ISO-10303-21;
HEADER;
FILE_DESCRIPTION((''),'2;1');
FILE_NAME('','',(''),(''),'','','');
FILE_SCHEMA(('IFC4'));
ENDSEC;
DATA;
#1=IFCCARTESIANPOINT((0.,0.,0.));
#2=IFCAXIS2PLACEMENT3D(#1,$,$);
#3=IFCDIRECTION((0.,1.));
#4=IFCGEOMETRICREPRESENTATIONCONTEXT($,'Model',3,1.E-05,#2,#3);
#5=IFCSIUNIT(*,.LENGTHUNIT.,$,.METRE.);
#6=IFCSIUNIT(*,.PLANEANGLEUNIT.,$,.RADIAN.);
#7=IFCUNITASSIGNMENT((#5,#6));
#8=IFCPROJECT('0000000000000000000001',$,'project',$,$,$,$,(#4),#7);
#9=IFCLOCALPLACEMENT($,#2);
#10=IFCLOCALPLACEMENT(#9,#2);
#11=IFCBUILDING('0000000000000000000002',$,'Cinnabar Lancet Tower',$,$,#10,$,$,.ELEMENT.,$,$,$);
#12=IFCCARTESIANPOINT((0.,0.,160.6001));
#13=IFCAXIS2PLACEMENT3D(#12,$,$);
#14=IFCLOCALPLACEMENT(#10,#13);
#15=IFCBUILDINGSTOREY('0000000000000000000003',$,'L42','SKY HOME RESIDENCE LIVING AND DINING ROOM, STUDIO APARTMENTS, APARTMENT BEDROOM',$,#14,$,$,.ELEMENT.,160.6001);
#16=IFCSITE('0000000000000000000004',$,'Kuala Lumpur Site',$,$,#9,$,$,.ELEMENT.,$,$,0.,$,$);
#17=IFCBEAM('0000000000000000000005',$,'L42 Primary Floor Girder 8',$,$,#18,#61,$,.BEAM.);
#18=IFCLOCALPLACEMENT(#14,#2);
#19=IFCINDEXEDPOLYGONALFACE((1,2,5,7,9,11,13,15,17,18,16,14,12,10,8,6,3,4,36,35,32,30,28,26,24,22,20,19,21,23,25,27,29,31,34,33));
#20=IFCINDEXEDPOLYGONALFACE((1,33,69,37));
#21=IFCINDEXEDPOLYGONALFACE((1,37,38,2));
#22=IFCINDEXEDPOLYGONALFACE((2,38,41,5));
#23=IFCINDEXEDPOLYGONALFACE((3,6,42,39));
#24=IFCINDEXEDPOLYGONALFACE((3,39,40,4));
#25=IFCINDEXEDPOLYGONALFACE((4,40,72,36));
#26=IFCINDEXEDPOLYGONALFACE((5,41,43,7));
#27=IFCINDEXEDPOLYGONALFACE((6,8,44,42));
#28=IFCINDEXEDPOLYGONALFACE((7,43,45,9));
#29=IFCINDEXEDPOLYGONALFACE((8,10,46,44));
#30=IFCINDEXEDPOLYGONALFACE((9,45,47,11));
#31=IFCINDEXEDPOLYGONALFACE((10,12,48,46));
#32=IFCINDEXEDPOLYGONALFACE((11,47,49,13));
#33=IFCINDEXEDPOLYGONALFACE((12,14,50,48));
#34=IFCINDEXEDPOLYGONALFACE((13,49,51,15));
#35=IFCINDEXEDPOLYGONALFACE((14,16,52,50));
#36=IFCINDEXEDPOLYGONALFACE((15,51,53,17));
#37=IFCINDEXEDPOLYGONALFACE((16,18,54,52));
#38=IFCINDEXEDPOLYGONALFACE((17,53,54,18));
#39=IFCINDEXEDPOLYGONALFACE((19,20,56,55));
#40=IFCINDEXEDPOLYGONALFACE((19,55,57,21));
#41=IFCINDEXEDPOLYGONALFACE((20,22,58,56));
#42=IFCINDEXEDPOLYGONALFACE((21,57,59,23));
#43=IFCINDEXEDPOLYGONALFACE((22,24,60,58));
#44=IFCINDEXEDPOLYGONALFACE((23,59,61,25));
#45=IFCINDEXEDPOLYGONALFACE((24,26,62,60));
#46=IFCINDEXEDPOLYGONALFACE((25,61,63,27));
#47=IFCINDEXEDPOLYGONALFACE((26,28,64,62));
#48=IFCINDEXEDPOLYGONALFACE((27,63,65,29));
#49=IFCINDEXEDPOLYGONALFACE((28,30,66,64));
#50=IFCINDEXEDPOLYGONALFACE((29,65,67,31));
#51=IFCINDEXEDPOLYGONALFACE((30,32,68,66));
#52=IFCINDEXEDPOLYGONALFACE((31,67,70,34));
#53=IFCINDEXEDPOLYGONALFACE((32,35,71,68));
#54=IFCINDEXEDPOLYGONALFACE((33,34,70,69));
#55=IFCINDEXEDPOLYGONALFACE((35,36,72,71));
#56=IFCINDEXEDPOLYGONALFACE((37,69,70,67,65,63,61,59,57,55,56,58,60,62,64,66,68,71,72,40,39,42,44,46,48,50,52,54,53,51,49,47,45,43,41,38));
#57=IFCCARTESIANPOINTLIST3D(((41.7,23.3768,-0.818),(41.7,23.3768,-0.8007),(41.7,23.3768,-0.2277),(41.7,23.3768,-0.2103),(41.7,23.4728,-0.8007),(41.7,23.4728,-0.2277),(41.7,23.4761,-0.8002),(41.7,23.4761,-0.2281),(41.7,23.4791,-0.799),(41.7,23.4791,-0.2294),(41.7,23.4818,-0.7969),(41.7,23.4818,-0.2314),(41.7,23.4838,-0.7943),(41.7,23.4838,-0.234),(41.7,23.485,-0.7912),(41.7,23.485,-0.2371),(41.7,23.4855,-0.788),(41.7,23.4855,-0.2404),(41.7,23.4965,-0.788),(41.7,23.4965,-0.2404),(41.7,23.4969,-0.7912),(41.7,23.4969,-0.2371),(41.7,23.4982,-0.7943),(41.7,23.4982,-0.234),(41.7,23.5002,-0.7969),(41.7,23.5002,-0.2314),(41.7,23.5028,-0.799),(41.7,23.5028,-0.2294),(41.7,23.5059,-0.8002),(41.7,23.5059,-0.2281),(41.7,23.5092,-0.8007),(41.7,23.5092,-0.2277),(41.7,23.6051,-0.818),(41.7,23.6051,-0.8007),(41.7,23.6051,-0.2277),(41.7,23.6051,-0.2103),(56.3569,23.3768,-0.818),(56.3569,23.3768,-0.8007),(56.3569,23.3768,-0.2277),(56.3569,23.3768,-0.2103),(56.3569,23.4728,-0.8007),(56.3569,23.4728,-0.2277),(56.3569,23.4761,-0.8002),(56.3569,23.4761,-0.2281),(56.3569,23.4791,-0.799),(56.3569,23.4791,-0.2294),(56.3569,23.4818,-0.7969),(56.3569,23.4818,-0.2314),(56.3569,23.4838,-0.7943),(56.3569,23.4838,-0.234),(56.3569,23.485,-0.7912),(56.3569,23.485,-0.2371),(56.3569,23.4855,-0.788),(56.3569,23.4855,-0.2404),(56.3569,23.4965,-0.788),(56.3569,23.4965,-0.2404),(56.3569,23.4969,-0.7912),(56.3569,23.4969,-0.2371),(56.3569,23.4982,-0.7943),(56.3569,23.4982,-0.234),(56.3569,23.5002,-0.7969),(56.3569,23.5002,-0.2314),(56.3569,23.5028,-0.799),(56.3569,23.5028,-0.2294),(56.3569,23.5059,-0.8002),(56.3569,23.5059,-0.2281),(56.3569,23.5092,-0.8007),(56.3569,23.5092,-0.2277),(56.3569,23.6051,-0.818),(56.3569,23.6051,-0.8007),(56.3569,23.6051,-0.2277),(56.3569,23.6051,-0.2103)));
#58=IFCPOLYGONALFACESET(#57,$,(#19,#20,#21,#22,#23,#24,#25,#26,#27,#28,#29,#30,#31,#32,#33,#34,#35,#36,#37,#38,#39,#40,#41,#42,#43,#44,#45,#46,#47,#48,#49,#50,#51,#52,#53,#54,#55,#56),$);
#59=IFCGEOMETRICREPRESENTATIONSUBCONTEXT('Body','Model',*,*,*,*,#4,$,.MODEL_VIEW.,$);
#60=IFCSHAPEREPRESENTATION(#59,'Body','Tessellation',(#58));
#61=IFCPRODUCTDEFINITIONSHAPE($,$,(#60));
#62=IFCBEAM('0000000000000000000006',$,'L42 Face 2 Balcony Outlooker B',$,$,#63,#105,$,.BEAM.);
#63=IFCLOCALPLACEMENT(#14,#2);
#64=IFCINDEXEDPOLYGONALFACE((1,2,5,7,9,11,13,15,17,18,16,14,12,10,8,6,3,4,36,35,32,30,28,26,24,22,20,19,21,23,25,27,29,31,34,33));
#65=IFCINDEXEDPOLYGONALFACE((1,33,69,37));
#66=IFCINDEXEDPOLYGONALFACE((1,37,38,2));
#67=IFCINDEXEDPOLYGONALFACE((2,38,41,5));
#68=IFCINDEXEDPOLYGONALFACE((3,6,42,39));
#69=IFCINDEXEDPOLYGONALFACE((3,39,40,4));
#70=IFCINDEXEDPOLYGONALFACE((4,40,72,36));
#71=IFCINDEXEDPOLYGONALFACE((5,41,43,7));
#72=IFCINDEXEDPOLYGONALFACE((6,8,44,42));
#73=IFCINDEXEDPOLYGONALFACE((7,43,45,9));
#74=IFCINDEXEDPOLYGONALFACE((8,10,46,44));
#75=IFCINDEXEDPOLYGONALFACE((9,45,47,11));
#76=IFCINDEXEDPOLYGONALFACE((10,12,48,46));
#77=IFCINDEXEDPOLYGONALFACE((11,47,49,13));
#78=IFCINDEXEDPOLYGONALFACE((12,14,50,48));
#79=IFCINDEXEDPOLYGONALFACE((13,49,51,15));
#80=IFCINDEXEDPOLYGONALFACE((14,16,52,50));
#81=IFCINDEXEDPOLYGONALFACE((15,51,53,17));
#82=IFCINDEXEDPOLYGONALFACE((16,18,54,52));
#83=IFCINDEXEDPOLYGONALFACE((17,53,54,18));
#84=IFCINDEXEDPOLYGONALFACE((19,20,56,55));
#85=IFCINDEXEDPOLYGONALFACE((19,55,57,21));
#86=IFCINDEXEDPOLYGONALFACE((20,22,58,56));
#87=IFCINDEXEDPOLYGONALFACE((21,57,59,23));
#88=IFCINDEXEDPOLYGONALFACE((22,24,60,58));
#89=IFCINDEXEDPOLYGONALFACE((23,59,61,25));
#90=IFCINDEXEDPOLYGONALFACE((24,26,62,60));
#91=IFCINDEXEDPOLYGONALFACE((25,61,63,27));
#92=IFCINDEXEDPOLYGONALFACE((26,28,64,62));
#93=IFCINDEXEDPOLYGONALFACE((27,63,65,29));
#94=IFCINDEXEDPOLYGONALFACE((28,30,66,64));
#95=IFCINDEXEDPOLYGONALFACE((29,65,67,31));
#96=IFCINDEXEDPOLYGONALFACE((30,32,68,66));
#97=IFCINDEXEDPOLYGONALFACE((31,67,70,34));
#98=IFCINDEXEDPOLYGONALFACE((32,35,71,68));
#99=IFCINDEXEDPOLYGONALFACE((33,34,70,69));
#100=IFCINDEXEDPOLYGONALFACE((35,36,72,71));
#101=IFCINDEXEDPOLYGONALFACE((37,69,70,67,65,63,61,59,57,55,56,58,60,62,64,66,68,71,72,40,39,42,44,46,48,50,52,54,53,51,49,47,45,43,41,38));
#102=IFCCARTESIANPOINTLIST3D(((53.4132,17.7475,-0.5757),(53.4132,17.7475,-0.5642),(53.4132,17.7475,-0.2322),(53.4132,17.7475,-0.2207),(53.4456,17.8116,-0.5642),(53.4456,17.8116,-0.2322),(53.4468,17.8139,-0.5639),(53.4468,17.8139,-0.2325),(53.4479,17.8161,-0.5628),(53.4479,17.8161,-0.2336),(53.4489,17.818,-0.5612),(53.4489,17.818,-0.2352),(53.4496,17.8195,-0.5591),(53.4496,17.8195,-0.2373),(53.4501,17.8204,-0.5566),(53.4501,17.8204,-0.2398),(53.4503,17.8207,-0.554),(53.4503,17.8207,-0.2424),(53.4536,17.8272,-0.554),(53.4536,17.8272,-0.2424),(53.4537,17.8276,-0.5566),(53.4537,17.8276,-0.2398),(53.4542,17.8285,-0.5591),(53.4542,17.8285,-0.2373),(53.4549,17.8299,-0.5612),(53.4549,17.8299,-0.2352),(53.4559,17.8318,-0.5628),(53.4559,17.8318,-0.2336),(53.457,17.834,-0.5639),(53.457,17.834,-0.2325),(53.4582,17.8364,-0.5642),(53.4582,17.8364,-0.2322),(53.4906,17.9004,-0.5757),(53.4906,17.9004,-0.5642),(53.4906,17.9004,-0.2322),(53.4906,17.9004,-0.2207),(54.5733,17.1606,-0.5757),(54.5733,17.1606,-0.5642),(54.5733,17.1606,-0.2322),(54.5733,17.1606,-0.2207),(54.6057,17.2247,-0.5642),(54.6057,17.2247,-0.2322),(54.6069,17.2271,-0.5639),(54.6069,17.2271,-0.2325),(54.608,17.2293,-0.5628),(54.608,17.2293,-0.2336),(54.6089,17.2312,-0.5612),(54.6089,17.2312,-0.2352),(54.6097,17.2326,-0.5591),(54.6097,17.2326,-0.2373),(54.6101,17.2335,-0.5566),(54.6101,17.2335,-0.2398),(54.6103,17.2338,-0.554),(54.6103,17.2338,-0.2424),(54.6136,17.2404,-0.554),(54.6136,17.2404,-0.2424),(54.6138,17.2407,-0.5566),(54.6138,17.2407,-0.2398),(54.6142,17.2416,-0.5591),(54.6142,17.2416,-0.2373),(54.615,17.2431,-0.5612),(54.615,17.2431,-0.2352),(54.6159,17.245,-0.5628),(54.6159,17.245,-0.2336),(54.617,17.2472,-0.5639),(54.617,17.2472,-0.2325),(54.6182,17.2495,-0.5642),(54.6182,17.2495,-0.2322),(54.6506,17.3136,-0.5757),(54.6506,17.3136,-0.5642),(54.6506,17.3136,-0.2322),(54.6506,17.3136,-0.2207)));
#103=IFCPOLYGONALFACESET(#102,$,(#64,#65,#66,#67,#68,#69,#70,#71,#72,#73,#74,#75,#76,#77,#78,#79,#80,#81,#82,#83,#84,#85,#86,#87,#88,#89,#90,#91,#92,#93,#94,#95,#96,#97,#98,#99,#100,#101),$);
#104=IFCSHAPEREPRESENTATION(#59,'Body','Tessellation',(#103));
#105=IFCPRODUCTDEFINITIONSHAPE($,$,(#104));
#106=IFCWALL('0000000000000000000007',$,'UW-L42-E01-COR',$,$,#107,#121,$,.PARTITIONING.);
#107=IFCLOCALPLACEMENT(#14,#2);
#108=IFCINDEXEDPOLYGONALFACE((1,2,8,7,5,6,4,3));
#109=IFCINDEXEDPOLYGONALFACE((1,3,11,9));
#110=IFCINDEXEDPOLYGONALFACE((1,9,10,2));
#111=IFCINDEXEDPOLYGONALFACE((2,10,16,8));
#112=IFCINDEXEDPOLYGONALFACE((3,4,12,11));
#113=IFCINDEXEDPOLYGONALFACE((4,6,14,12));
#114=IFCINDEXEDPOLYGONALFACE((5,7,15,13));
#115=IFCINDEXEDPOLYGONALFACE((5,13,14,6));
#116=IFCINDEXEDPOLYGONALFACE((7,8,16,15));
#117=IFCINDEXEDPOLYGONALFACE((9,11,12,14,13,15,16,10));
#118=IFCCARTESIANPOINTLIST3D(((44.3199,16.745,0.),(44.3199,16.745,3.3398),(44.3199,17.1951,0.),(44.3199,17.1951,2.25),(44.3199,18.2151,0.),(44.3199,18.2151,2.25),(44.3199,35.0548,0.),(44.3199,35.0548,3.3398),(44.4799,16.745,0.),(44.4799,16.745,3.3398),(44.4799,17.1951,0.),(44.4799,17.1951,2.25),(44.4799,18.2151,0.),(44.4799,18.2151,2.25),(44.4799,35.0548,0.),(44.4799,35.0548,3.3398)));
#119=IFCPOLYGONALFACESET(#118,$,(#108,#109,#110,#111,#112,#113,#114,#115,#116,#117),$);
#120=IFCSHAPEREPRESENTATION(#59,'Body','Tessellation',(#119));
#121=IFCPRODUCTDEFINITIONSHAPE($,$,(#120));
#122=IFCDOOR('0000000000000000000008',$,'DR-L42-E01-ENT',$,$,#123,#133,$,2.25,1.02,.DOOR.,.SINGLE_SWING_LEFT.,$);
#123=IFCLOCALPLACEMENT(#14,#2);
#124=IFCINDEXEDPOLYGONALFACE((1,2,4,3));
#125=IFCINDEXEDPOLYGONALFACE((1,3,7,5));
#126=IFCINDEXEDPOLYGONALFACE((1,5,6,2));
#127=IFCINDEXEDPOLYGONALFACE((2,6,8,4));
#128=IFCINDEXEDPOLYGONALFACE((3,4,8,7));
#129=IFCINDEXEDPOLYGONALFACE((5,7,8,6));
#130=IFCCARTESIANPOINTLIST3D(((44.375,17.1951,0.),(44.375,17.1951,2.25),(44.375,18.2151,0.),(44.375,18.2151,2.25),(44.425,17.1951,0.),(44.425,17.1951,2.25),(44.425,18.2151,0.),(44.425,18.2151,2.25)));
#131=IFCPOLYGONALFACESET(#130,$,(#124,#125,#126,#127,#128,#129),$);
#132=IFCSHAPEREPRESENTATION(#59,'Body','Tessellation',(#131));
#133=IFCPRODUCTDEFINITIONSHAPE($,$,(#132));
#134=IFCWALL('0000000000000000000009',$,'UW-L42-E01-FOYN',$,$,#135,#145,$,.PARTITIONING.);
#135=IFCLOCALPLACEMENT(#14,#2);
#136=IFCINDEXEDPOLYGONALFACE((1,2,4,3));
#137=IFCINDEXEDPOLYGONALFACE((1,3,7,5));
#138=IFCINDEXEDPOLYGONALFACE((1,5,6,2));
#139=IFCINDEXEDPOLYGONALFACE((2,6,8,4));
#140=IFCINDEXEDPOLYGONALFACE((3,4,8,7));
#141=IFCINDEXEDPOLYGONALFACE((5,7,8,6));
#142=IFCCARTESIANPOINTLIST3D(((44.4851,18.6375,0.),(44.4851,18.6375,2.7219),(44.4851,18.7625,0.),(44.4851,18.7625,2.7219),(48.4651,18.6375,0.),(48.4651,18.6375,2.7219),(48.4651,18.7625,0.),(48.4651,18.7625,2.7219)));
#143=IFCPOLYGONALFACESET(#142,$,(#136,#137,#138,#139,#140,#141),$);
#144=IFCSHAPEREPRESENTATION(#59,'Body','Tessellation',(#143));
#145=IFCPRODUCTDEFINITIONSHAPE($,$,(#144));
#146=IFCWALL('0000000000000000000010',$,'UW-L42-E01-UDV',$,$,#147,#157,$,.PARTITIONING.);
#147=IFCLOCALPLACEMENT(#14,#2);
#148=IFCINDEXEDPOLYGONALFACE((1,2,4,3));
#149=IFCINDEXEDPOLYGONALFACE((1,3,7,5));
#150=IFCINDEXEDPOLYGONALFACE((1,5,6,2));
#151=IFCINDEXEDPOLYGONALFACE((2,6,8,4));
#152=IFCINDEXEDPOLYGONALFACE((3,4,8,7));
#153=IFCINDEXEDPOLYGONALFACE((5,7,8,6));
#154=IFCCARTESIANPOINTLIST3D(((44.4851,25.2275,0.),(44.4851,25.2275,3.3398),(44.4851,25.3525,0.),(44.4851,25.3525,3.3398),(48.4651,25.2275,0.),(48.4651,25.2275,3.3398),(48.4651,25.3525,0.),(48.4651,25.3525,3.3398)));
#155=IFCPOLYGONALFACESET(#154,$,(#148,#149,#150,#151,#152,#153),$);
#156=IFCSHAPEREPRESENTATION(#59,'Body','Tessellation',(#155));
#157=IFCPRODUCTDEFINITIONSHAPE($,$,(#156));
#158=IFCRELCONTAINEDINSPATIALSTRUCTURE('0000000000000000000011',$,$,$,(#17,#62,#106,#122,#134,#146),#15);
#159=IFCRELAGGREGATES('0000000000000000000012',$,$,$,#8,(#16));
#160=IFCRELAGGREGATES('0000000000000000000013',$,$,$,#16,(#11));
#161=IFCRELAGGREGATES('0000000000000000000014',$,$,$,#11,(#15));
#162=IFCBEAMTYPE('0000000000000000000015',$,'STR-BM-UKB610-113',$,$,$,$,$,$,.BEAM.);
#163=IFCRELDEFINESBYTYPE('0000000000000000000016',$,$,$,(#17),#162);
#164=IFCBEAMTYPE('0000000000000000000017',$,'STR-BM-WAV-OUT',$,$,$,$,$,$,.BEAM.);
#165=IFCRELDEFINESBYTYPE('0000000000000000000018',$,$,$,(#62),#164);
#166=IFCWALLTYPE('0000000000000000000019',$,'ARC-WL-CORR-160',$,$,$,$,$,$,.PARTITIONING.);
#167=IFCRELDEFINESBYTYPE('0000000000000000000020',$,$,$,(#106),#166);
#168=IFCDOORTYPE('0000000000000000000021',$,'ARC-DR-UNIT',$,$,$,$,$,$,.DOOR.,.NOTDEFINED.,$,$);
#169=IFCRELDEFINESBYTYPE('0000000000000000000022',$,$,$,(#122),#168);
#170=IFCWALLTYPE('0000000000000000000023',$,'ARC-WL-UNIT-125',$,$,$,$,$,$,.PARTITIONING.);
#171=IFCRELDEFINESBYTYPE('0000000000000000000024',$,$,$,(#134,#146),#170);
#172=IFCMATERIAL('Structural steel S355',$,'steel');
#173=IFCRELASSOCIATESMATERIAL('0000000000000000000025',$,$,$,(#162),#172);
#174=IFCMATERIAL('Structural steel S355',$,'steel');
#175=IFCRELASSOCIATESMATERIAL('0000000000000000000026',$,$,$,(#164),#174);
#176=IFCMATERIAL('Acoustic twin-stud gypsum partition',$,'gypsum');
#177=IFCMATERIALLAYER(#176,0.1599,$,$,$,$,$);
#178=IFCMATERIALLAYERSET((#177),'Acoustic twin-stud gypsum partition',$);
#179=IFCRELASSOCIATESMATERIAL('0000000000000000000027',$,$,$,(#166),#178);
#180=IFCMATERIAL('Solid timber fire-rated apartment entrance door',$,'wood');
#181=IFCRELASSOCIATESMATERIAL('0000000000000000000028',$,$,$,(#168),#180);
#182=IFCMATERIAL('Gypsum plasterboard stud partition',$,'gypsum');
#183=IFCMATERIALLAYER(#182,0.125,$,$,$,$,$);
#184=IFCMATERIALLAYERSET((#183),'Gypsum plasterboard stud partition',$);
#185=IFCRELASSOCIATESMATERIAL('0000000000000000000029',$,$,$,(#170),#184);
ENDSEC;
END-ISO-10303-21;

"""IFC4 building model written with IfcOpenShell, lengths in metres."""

from ifc_helpers import new_model, si_unit, direction, frame, frame_2d, origin, origin_2d, place, context, subcontext, project, spatial, rectangle, i_section, extrude, material, layer, layer_set, material_profile, profile_set, type_object, element, fill, save


model = new_model("IFC4")

# Units and contexts
model_context = context("Model", 3, precision=1e-05, world=origin(), true_north=direction((0.0, 1.0)))
body_context = subcontext(model_context, "Body", "Model", "MODEL_VIEW")
ifc_project = project(units=[si_unit("LENGTHUNIT", "METRE"), si_unit("PLANEANGLEUNIT", "RADIAN")], contexts=[model_context])

# Site, building, storey
site_placement = place(None, origin())
site = spatial("IfcSite", under=ifc_project, at=site_placement, Name="Kuala Lumpur Site", CompositionType="ELEMENT", RefElevation=0.0)
building_placement = place(site_placement, origin())
building = spatial("IfcBuilding", under=site, at=building_placement, Name="Cinnabar Lancet Tower", CompositionType="ELEMENT")
storey_placement = place(building_placement, frame((0.0, 0.0, 160.6001)))
storey = spatial("IfcBuildingStorey", under=building, at=storey_placement, Name="L42", Description="SKY HOME RESIDENCE LIVING AND DINING ROOM, STUDIO APARTMENTS, APARTMENT BEDROOM", CompositionType="ELEMENT", Elevation=160.6001)

# Beams
ifc_material_1 = material(Name="Structural steel S355", Category="steel")
ifc_material_profile_1 = material_profile(ifc_material_1, i_section(OverallWidth=0.2283, OverallDepth=0.6077, WebThickness=0.011, FlangeThickness=0.0173, FilletRadius=0.0127, at=origin_2d()), Name="UKB 610x229x113")
ifc_profile_set_1 = profile_set([ifc_material_profile_1], Name="Structural steel S355")
beam_type_1 = type_object("IfcBeamType", Name="STR-BM-UKB610-113", PredefinedType="BEAM", material=ifc_profile_set_1)
beam_1_placement = place(storey_placement, frame((56.3569, 23.491, -0.5142), z_axis=(-1.0, 0.0, 0.0), x_axis=(0.0, -1.0, 0.0)))
element("IfcBeam", 1, at=beam_1_placement, inside=storey, type_object=beam_type_1, Name="L42 Primary Floor Girder 8", PredefinedType="BEAM", context=body_context, shape_type="SweptSolid", body=[
    extrude(i_section(OverallWidth=0.2283, OverallDepth=0.6077, WebThickness=0.011, FlangeThickness=0.0173, FilletRadius=0.0127, at=origin_2d()), origin(), (0.0, 0.0, 1.0), 14.657),
])
ifc_material_2 = material(Name="Structural steel S355", Category="steel")
ifc_material_profile_2 = material_profile(ifc_material_2, i_section(OverallWidth=0.1714, OverallDepth=0.355, WebThickness=0.0073, FlangeThickness=0.0115, FilletRadius=0.0103, at=origin_2d()), Name="UKB 356x171x51")
ifc_profile_set_2 = profile_set([ifc_material_profile_2], Name="Structural steel S355")
beam_type_2 = type_object("IfcBeamType", Name="STR-BM-WAV-OUT", PredefinedType="BEAM", material=ifc_profile_set_2)
beam_2_placement = place(storey_placement, frame((53.4519, 17.824, -0.3982), z_axis=(0.892314, -0.451415, 0.0), x_axis=(0.451415, 0.892314, 0.0)))
element("IfcBeam", 2, at=beam_2_placement, inside=storey, type_object=beam_type_2, Name="L42 Face 2 Balcony Outlooker B", PredefinedType="BEAM", context=body_context, shape_type="SweptSolid", body=[
    extrude(i_section(OverallWidth=0.1714, OverallDepth=0.355, WebThickness=0.0073, FlangeThickness=0.0115, FilletRadius=0.0103, at=origin_2d()), origin(), (0.0, 0.0, 1.0), 1.3),
])

# Wall, opening, door
ifc_material_3 = material(Name="Acoustic twin-stud gypsum partition", Category="gypsum")
ifc_layer_1 = layer(ifc_material_3, 0.1599)
ifc_layer_set_1 = layer_set([ifc_layer_1], Name="Acoustic twin-stud gypsum partition")
wall_type_1 = type_object("IfcWallType", Name="ARC-WL-CORR-160", PredefinedType="PARTITIONING", material=ifc_layer_set_1)
wall_1_placement = place(storey_placement, frame((44.3999, 16.7451, 0.0), z_axis=(0.0, 0.0, 1.0), x_axis=(0.0, 1.0, 0.0)))
wall_1 = element("IfcWall", 3, at=wall_1_placement, inside=storey, type_object=wall_type_1, Name="UW-L42-E01-COR", PredefinedType="PARTITIONING", context=body_context, shape_type="SweptSolid", body=[
    extrude(rectangle(XDim=18.3098, YDim=0.1599, at=frame_2d((9.1548, 0.0))), origin(), (0.0, 0.0, 1.0), 3.3398),
])
opening_1_placement = place(wall_1_placement, frame((0.45, 0.0, 0.0)))
opening_1 = element("IfcOpeningElement", 4, at=opening_1_placement, cuts=wall_1, PredefinedType="OPENING", context=body_context, shape_type="SweptSolid", body=[
    extrude(rectangle(XDim=1.02, YDim=2.25, at=frame_2d((0.51, 1.125))), frame((0.0, 0.0898, 0.0), z_axis=(0.0, -1.0, 0.0), x_axis=(1.0, 0.0, 0.0)), (0.0, 0.0, 1.0), 0.1799),
])
ifc_material_4 = material(Name="Solid timber fire-rated apartment entrance door", Category="wood")
door_type_1 = type_object("IfcDoorType", Name="ARC-DR-UNIT", OperationType="NOTDEFINED", PredefinedType="DOOR", material=ifc_material_4)
door_1_placement = place(opening_1_placement, origin())
door_1 = element("IfcDoor", 5, at=door_1_placement, inside=storey, type_object=door_type_1, Name="DR-L42-E01-ENT", OperationType="SINGLE_SWING_LEFT", OverallHeight=2.25, OverallWidth=1.02, PredefinedType="DOOR", context=body_context, shape_type="SweptSolid", body=[
    extrude(rectangle(XDim=1.02, YDim=2.25, at=frame_2d((0.51, 1.125))), frame((0.0, 0.0249, 0.0), z_axis=(0.0, -1.0, 0.0), x_axis=(1.0, 0.0, 0.0)), (0.0, 0.0, 1.0), 0.05),
])
fill(opening_1, door_1)

# Walls
ifc_material_5 = material(Name="Gypsum plasterboard stud partition", Category="gypsum")
ifc_layer_2 = layer(ifc_material_5, 0.125)
ifc_layer_set_2 = layer_set([ifc_layer_2], Name="Gypsum plasterboard stud partition")
wall_type_2 = type_object("IfcWallType", Name="ARC-WL-UNIT-125", PredefinedType="PARTITIONING", material=ifc_layer_set_2)
wall_2_placement = place(storey_placement, frame((44.4851, 18.7, 0.0), z_axis=(0.0, 0.0, 1.0), x_axis=(1.0, 0.0, 0.0)))
element("IfcWall", 6, at=wall_2_placement, inside=storey, type_object=wall_type_2, Name="UW-L42-E01-FOYN", PredefinedType="PARTITIONING", context=body_context, shape_type="SweptSolid", body=[
    extrude(rectangle(XDim=3.98, YDim=0.125, at=frame_2d((1.99, 0.0))), origin(), (0.0, 0.0, 1.0), 2.7219),
])
wall_3_placement = place(storey_placement, frame((44.4851, 25.29, 0.0), z_axis=(0.0, 0.0, 1.0), x_axis=(1.0, 0.0, 0.0)))
element("IfcWall", 7, at=wall_3_placement, inside=storey, type_object=wall_type_2, Name="UW-L42-E01-UDV", PredefinedType="PARTITIONING", context=body_context, shape_type="SweptSolid", body=[
    extrude(rectangle(XDim=3.98, YDim=0.125, at=frame_2d((1.99, 0.0))), origin(), (0.0, 0.0, 1.0), 3.3398),
])

save(model, "model.ifc")
